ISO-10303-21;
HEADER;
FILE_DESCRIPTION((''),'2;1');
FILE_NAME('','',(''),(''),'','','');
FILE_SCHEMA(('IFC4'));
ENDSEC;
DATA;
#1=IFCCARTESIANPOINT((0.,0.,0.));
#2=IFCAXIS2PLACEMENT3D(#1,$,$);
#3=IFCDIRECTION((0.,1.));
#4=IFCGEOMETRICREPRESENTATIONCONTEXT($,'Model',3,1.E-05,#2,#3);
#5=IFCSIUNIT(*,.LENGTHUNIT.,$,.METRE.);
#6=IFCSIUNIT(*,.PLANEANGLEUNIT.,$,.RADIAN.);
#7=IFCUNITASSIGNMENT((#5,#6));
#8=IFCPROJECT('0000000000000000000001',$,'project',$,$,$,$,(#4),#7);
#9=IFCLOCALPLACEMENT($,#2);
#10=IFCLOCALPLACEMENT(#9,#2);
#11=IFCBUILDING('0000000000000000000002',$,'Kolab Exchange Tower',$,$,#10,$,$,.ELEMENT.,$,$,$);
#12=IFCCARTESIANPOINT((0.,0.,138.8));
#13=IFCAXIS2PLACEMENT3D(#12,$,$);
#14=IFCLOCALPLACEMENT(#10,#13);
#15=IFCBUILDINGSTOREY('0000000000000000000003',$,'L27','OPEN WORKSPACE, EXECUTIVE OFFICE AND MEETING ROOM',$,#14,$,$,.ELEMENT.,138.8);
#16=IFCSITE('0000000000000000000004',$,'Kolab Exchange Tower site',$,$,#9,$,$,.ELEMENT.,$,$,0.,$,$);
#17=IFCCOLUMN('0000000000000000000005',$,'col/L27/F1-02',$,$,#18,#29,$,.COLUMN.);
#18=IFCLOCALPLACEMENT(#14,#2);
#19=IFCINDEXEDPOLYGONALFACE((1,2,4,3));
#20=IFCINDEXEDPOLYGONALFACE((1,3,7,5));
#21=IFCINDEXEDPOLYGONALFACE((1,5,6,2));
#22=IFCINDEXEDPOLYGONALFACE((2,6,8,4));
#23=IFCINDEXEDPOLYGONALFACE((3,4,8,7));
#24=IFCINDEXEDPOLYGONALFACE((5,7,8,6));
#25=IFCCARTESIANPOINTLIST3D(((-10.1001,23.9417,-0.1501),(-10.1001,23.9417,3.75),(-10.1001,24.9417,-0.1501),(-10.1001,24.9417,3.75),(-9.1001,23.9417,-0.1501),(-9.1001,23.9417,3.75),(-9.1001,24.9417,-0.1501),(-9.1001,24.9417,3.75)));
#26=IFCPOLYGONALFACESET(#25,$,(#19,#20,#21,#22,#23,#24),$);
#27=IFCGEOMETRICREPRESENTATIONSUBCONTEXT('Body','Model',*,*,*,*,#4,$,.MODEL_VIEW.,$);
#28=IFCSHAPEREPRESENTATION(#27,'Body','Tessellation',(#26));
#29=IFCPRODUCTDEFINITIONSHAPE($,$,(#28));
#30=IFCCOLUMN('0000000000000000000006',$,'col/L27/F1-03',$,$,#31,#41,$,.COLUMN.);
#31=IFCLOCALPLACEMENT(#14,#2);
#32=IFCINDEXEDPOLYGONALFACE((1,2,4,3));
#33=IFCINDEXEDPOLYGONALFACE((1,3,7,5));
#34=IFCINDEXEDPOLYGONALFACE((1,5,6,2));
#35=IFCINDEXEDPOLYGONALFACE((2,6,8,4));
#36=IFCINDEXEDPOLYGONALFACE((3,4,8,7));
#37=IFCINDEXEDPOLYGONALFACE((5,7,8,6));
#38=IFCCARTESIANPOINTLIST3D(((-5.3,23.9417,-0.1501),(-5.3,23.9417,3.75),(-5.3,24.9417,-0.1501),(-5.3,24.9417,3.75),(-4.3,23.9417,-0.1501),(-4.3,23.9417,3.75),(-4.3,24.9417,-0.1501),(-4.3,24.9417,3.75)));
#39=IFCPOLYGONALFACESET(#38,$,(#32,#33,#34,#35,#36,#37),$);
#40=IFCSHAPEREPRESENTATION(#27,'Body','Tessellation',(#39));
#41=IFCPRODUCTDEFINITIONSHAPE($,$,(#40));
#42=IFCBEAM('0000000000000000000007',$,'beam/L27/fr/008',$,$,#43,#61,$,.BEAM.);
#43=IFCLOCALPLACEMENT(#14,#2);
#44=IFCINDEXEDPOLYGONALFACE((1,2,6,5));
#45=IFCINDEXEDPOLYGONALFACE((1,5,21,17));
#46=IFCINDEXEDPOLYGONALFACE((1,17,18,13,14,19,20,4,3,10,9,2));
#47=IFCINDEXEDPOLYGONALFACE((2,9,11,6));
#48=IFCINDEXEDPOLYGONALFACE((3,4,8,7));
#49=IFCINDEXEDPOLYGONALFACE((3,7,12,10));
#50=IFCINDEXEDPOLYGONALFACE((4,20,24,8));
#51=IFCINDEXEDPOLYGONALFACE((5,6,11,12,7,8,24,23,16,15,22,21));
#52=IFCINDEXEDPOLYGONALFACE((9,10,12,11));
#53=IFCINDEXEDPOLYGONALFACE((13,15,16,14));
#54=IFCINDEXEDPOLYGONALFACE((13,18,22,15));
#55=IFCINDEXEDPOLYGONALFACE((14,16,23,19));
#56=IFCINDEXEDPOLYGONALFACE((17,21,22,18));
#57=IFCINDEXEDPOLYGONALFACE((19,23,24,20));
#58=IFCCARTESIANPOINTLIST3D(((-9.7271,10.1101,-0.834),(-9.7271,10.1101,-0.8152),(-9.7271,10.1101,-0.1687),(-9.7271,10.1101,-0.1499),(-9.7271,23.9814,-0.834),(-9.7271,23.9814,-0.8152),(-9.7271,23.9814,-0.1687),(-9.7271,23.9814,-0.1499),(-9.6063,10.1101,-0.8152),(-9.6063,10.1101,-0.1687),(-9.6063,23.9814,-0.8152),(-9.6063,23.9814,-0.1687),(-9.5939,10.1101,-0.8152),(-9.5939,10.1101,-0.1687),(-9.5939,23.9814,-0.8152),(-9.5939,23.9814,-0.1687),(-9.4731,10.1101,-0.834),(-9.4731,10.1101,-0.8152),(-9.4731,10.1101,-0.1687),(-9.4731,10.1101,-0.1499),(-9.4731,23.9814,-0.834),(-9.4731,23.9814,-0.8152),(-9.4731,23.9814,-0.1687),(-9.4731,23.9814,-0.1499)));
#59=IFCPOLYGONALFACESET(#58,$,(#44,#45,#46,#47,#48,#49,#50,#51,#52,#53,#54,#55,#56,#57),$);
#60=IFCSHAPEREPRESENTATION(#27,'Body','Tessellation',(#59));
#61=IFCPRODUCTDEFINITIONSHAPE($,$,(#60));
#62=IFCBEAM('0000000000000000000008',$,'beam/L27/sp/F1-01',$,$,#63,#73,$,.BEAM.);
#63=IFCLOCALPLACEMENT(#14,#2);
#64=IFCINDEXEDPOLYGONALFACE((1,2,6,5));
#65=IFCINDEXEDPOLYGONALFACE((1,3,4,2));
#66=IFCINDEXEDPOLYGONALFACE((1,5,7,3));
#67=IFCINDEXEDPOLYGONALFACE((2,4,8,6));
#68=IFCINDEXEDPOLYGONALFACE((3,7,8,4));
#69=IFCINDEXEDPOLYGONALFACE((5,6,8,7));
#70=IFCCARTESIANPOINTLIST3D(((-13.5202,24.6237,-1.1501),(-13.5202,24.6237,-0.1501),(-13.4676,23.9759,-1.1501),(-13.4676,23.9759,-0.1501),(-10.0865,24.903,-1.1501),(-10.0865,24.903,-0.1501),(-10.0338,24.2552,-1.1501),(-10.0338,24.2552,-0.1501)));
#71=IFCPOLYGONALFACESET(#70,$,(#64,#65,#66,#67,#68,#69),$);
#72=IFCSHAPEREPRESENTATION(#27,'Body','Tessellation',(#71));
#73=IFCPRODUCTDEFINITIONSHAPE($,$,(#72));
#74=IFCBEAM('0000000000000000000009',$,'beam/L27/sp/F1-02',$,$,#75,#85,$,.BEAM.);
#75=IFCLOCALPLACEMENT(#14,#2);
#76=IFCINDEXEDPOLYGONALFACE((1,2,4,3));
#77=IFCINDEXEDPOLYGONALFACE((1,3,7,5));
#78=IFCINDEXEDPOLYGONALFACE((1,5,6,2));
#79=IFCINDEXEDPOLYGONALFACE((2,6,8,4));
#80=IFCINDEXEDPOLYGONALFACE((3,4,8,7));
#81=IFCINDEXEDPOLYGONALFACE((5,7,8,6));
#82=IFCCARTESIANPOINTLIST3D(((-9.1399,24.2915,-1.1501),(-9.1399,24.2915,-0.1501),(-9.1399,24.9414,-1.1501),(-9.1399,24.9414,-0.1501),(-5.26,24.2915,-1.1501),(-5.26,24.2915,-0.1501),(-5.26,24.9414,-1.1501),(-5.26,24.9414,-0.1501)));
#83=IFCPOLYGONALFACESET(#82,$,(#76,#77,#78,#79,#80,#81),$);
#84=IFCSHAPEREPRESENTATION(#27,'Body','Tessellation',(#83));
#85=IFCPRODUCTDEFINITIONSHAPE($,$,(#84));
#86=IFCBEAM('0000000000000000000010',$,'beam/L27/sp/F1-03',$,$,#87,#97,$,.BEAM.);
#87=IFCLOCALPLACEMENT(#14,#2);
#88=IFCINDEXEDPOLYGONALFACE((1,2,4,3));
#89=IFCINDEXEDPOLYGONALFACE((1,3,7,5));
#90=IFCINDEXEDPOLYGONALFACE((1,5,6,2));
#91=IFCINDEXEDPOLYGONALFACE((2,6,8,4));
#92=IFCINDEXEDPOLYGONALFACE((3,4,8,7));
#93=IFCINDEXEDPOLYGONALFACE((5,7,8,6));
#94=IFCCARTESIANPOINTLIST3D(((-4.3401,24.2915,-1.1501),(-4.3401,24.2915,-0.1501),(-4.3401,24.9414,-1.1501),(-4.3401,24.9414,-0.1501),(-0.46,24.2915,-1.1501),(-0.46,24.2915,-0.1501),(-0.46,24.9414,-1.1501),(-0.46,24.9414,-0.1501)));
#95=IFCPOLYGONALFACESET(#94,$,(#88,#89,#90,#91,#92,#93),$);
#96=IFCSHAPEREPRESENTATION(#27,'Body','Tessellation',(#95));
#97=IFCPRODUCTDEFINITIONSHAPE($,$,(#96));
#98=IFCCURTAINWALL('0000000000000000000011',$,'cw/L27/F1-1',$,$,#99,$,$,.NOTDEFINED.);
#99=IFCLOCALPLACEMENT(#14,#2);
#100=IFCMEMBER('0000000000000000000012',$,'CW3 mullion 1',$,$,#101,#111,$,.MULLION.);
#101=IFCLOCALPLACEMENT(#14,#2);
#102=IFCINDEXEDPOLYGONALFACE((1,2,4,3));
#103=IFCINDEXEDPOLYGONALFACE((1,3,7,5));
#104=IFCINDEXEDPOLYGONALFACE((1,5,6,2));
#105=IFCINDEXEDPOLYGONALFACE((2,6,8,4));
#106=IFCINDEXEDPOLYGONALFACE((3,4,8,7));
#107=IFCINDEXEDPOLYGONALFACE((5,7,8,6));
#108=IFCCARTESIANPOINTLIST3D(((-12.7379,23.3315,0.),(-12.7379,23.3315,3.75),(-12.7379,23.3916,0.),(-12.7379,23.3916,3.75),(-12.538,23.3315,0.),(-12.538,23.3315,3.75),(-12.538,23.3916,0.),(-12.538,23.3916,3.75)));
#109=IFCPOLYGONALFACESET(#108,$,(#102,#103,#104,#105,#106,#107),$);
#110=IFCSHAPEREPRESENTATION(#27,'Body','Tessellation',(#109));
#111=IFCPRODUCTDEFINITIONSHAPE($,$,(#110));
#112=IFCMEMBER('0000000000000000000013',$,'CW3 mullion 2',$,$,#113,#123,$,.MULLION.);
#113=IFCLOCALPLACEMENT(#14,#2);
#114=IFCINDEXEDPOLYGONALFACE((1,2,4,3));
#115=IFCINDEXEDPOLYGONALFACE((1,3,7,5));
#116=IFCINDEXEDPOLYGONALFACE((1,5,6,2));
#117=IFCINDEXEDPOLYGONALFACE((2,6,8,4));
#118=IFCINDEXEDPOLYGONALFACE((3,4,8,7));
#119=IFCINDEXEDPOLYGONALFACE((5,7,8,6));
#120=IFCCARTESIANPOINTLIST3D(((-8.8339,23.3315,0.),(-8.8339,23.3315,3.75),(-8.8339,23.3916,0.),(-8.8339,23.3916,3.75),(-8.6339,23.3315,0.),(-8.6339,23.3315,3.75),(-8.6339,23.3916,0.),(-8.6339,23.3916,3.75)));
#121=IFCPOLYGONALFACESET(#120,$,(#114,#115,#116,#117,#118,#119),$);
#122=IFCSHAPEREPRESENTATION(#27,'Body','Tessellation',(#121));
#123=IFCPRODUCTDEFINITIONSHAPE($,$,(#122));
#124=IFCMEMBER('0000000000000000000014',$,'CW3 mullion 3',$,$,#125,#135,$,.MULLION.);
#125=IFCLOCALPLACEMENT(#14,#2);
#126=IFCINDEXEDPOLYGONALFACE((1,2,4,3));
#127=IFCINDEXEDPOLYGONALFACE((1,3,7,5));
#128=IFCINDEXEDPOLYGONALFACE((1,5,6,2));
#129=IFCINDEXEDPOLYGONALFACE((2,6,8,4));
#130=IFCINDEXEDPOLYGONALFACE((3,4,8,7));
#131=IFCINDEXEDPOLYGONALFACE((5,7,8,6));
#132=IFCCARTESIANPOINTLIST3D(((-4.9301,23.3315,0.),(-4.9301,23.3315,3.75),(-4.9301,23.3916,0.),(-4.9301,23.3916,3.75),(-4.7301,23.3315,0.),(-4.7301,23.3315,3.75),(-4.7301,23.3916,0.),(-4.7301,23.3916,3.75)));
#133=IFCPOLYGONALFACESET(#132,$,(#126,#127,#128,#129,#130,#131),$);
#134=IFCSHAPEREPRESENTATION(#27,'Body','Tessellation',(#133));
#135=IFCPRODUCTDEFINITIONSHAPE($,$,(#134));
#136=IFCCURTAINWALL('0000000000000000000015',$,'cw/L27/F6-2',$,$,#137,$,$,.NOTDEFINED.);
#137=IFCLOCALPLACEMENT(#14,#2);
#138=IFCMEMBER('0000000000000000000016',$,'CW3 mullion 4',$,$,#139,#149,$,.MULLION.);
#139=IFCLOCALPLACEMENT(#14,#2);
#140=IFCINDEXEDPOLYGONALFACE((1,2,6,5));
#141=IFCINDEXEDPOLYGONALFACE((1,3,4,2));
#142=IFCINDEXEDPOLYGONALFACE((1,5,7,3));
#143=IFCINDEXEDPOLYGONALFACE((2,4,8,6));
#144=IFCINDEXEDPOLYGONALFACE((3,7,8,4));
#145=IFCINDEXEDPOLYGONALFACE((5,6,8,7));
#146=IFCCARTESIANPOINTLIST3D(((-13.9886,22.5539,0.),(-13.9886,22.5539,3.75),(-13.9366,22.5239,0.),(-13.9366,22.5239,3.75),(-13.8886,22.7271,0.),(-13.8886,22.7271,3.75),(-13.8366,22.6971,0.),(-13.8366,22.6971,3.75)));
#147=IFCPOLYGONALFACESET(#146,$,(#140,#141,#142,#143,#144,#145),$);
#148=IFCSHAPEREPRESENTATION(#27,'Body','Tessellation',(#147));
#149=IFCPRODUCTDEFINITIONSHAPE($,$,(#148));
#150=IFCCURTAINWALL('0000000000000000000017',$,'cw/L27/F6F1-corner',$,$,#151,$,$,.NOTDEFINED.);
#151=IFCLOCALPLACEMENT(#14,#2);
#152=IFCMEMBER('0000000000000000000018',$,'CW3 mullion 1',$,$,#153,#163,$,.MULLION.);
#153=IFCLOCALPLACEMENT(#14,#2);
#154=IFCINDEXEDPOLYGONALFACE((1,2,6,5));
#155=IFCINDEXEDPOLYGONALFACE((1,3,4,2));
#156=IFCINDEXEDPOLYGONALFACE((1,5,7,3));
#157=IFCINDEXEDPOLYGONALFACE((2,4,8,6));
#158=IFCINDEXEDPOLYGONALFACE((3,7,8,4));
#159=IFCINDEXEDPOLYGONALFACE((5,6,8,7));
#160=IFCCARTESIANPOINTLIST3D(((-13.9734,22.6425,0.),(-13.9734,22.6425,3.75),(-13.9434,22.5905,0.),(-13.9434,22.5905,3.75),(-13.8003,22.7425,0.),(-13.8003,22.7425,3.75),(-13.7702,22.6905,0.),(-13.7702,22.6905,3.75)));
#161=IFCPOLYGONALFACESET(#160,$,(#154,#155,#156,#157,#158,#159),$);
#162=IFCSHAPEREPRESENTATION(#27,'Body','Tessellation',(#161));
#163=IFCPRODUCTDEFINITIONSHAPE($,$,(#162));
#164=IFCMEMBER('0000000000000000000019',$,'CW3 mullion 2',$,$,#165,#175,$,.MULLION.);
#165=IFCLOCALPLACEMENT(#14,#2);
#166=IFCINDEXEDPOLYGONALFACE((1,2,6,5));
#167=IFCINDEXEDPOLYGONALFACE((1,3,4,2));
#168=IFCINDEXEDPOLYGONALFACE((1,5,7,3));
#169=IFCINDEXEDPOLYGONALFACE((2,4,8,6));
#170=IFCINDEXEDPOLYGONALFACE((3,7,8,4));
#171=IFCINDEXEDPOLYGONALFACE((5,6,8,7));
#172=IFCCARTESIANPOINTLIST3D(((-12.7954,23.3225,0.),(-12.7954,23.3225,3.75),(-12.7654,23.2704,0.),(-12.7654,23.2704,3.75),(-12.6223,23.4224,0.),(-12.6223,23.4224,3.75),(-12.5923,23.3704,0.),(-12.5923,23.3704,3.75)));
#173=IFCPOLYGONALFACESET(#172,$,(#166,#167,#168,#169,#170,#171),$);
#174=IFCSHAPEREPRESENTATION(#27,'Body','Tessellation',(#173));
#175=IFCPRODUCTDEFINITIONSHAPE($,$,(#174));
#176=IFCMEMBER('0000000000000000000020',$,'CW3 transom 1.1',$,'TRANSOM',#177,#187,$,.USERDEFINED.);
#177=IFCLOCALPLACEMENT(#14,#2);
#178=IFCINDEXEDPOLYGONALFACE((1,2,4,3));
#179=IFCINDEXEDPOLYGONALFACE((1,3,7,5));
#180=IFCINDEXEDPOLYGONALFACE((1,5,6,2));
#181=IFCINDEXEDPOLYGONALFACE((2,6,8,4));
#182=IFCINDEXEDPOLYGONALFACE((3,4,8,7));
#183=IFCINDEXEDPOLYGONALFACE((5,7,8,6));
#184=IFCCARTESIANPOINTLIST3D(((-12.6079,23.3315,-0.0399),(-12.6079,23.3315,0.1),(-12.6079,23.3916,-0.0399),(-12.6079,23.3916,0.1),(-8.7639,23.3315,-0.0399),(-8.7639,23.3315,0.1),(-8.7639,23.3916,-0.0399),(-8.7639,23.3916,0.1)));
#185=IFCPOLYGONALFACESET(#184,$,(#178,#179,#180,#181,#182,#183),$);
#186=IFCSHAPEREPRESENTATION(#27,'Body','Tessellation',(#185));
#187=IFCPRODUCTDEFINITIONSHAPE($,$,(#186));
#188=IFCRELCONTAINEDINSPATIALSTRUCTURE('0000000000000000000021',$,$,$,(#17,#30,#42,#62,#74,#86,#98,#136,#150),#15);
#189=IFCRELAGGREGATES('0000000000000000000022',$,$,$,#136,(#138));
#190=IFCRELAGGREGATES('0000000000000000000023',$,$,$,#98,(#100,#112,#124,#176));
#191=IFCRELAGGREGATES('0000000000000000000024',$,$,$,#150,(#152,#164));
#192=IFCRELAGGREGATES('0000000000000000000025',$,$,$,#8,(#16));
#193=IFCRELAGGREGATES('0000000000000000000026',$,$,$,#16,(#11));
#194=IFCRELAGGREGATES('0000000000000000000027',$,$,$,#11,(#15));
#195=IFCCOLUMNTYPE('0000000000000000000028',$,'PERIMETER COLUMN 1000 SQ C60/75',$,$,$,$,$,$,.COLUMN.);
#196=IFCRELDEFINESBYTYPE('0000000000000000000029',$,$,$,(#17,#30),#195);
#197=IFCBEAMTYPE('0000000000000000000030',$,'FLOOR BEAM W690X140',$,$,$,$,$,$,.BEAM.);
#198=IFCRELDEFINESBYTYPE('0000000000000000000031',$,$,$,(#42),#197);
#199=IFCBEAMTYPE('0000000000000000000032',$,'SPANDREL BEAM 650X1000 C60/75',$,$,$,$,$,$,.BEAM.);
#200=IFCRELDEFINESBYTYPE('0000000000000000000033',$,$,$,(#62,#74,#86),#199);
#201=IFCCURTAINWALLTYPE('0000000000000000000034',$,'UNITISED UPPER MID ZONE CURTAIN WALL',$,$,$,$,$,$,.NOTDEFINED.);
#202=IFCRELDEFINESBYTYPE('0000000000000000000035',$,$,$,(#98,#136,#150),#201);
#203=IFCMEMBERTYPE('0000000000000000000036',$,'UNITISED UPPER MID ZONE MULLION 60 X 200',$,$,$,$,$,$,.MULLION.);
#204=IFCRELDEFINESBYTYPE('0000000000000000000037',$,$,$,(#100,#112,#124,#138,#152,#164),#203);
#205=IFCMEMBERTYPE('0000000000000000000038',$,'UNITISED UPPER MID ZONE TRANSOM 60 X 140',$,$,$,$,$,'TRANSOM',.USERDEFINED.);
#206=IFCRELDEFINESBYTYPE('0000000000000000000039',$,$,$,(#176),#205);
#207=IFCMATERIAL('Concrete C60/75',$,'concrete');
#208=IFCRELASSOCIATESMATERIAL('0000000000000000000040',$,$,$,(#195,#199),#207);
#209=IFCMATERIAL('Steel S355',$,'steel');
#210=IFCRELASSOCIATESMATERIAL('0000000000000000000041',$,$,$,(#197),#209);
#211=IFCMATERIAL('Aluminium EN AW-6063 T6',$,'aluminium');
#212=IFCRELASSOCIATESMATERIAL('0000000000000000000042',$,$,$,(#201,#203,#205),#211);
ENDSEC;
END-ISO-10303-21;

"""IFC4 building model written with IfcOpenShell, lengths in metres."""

from ifc_helpers import new_model, si_unit, direction, frame, origin, origin_2d, place, context, subcontext, project, spatial, rectangle, i_section, extrude, material, material_profile, profile_set, type_object, element, aggregate, save


model = new_model("IFC4")

# Units and contexts
model_context = context("Model", 3, precision=1e-05, world=origin(), true_north=direction((0.0, 1.0)))
body_context = subcontext(model_context, "Body", "Model", "MODEL_VIEW")
ifc_project = project(units=[si_unit("LENGTHUNIT", "METRE"), si_unit("PLANEANGLEUNIT", "RADIAN")], contexts=[model_context])

# Site, building, storey
site_placement = place(None, origin())
site = spatial("IfcSite", under=ifc_project, at=site_placement, Name="Kolab Exchange Tower site", CompositionType="ELEMENT", RefElevation=0.0)
building_placement = place(site_placement, origin())
building = spatial("IfcBuilding", under=site, at=building_placement, Name="Kolab Exchange Tower", CompositionType="ELEMENT")
storey_placement = place(building_placement, frame((0.0, 0.0, 138.8)))
storey = spatial("IfcBuildingStorey", under=building, at=storey_placement, Name="L27", Description="OPEN WORKSPACE, EXECUTIVE OFFICE AND MEETING ROOM", CompositionType="ELEMENT", Elevation=138.8)

# Columns
ifc_material_1 = material(Name="Concrete C60/75", Category="concrete")
ifc_material_profile_1 = material_profile(ifc_material_1, rectangle(XDim=1.0, YDim=1.0, at=origin_2d()), Name="RC1000")
ifc_profile_set_1 = profile_set([ifc_material_profile_1], Name="Concrete C60/75")
column_type = type_object("IfcColumnType", Name="PERIMETER COLUMN 1000 SQ C60/75", PredefinedType="COLUMN", material=ifc_profile_set_1)
for number, where, z_axis, x_axis, name in (
    (1, (-9.6001, 24.4417, -0.1501), (0.0, 0.0, 1.0), (1.0, 0.0, 0.0), "col/L27/F1-02"),
    (2, (-4.8, 24.4417, -0.1501), (0.0, 0.0, 1.0), (1.0, 0.0, 0.0), "col/L27/F1-03"),
):
    element("IfcColumn", number, at=place(storey_placement, frame(where, z_axis=z_axis, x_axis=x_axis)), inside=storey, type_object=column_type, Name=name, PredefinedType="COLUMN", context=body_context, shape_type="SweptSolid", body=[
        extrude(rectangle(XDim=1.0, YDim=1.0, at=origin_2d()), origin(), (0.0, 0.0, 1.0), 3.9001),
    ])

# Beams
ifc_material_2 = material(Name="Steel S355", Category="steel")
ifc_material_profile_2 = material_profile(ifc_material_2, i_section(OverallWidth=0.2539, OverallDepth=0.6841, WebThickness=0.0125, FlangeThickness=0.0188, at=origin_2d()), Name="W690X140")
ifc_profile_set_2 = profile_set([ifc_material_profile_2], Name="Steel S355")
beam_type_1 = type_object("IfcBeamType", Name="FLOOR BEAM W690X140", PredefinedType="BEAM", material=ifc_profile_set_2)
beam_1_placement = place(storey_placement, frame((-9.6001, 10.1101, -0.4919), z_axis=(0.0, 1.0, 0.0), x_axis=(-1.0, 0.0, 0.0)))
element("IfcBeam", 3, at=beam_1_placement, inside=storey, type_object=beam_type_1, Name="beam/L27/fr/008", PredefinedType="BEAM", context=body_context, shape_type="SweptSolid", body=[
    extrude(i_section(OverallWidth=0.2539, OverallDepth=0.6841, WebThickness=0.0125, FlangeThickness=0.0188, at=origin_2d()), origin(), (0.0, 0.0, 1.0), 13.8713),
])
ifc_material_profile_3 = material_profile(ifc_material_1, rectangle(XDim=0.6499, YDim=1.0, at=origin_2d()), Name="RC650X1000")
ifc_profile_set_3 = profile_set([ifc_material_profile_3], Name="Concrete C60/75")
beam_type_2 = type_object("IfcBeamType", Name="SPANDREL BEAM 650X1000 C60/75", PredefinedType="BEAM", material=ifc_profile_set_3)
beam_2_placement = place(storey_placement, frame((-13.4939, 24.2998, -0.6501), z_axis=(0.996708, 0.081069, 0.0), x_axis=(-0.081069, 0.996708, 0.0)))
element("IfcBeam", 4, at=beam_2_placement, inside=storey, type_object=beam_type_2, Name="beam/L27/sp/F1-01", PredefinedType="BEAM", context=body_context, shape_type="SweptSolid", body=[
    extrude(rectangle(XDim=0.6499, YDim=1.0, at=origin_2d()), origin(), (0.0, 0.0, 1.0), 3.4451),
])
beam_3_placement = place(storey_placement, frame((-9.1399, 24.6165, -0.6501), z_axis=(1.0, 0.0, 0.0), x_axis=(0.0, 1.0, 0.0)))
element("IfcBeam", 5, at=beam_3_placement, inside=storey, type_object=beam_type_2, Name="beam/L27/sp/F1-02", PredefinedType="BEAM", context=body_context, shape_type="SweptSolid", body=[
    extrude(rectangle(XDim=0.6499, YDim=1.0, at=origin_2d()), origin(), (0.0, 0.0, 1.0), 3.8799),
])
beam_4_placement = place(storey_placement, frame((-4.3401, 24.6165, -0.6501), z_axis=(1.0, 0.0, 0.0), x_axis=(0.0, 1.0, 0.0)))
element("IfcBeam", 6, at=beam_4_placement, inside=storey, type_object=beam_type_2, Name="beam/L27/sp/F1-03", PredefinedType="BEAM", context=body_context, shape_type="SweptSolid", body=[
    extrude(rectangle(XDim=0.6499, YDim=1.0, at=origin_2d()), origin(), (0.0, 0.0, 1.0), 3.8801),
])

# Curtain wall, members
ifc_material_3 = material(Name="Aluminium EN AW-6063 T6", Category="aluminium")
curtain_wall_type = type_object("IfcCurtainWallType", Name="UNITISED UPPER MID ZONE CURTAIN WALL", PredefinedType="NOTDEFINED", material=ifc_material_3)
curtain_wall_1_placement = place(storey_placement, origin())
curtain_wall_1 = element("IfcCurtainWall", 7, at=curtain_wall_1_placement, inside=storey, type_object=curtain_wall_type, Name="cw/L27/F1-1", PredefinedType="NOTDEFINED")
ifc_material_profile_4 = material_profile(ifc_material_3, rectangle(XDim=0.0601, YDim=0.2, at=origin_2d()), Name="RECT 60X200")
ifc_profile_set_4 = profile_set([ifc_material_profile_4], Name="Aluminium EN AW-6063 T6")
member_type_1 = type_object("IfcMemberType", Name="UNITISED UPPER MID ZONE MULLION 60 X 200", PredefinedType="MULLION", material=ifc_profile_set_4)
member_1_placement = place(storey_placement, frame((-12.6379, 23.3616, 0.0), z_axis=(0.0, 0.0, 1.0), x_axis=(0.0, 1.0, 0.0)))
member_1 = element("IfcMember", 8, at=member_1_placement, type_object=member_type_1, Name="CW3 mullion 1", PredefinedType="MULLION", context=body_context, shape_type="SweptSolid", body=[
    extrude(rectangle(XDim=0.0601, YDim=0.2, at=origin_2d()), origin(), (0.0, 0.0, 1.0), 3.75),
])
member_2_placement = place(storey_placement, frame((-8.7339, 23.3616, 0.0), z_axis=(0.0, 0.0, 1.0), x_axis=(0.0, 1.0, 0.0)))
member_2 = element("IfcMember", 9, at=member_2_placement, type_object=member_type_1, Name="CW3 mullion 2", PredefinedType="MULLION", context=body_context, shape_type="SweptSolid", body=[
    extrude(rectangle(XDim=0.0601, YDim=0.2, at=origin_2d()), origin(), (0.0, 0.0, 1.0), 3.75),
])
member_3_placement = place(storey_placement, frame((-4.8301, 23.3616, 0.0), z_axis=(0.0, 0.0, 1.0), x_axis=(0.0, 1.0, 0.0)))
member_3 = element("IfcMember", 10, at=member_3_placement, type_object=member_type_1, Name="CW3 mullion 3", PredefinedType="MULLION", context=body_context, shape_type="SweptSolid", body=[
    extrude(rectangle(XDim=0.0601, YDim=0.2, at=origin_2d()), origin(), (0.0, 0.0, 1.0), 3.75),
])

# Curtain wall, member
curtain_wall_2_placement = place(storey_placement, origin())
curtain_wall_2 = element("IfcCurtainWall", 11, at=curtain_wall_2_placement, inside=storey, type_object=curtain_wall_type, Name="cw/L27/F6-2", PredefinedType="NOTDEFINED")
member_4_placement = place(storey_placement, frame((-13.9126, 22.6255, 0.0), z_axis=(0.0, 0.0, 1.0), x_axis=(-0.866025, 0.5, 0.0)))
member_4 = element("IfcMember", 12, at=member_4_placement, type_object=member_type_1, Name="CW3 mullion 4", PredefinedType="MULLION", context=body_context, shape_type="SweptSolid", body=[
    extrude(rectangle(XDim=0.0601, YDim=0.2, at=origin_2d()), origin(), (0.0, 0.0, 1.0), 3.75),
])
aggregate(curtain_wall_2, [member_4])

# Curtain wall, members
curtain_wall_3_placement = place(storey_placement, origin())
curtain_wall_3 = element("IfcCurtainWall", 13, at=curtain_wall_3_placement, inside=storey, type_object=curtain_wall_type, Name="cw/L27/F6F1-corner", PredefinedType="NOTDEFINED")
member_5_placement = place(storey_placement, frame((-13.8718, 22.6665, 0.0), z_axis=(0.0, 0.0, 1.0), x_axis=(-0.5, 0.866025, 0.0)))
member_5 = element("IfcMember", 14, at=member_5_placement, type_object=member_type_1, Name="CW3 mullion 1", PredefinedType="MULLION", context=body_context, shape_type="SweptSolid", body=[
    extrude(rectangle(XDim=0.0601, YDim=0.2, at=origin_2d()), origin(), (0.0, 0.0, 1.0), 3.75),
])
member_6_placement = place(storey_placement, frame((-12.6938, 23.3464, 0.0), z_axis=(0.0, 0.0, 1.0), x_axis=(-0.5, 0.866025, 0.0)))
member_6 = element("IfcMember", 15, at=member_6_placement, type_object=member_type_1, Name="CW3 mullion 2", PredefinedType="MULLION", context=body_context, shape_type="SweptSolid", body=[
    extrude(rectangle(XDim=0.0601, YDim=0.2, at=origin_2d()), origin(), (0.0, 0.0, 1.0), 3.75),
])

# Member
ifc_material_profile_5 = material_profile(ifc_material_3, rectangle(XDim=0.0601, YDim=0.1399, at=origin_2d()), Name="RECT 60X140")
ifc_profile_set_5 = profile_set([ifc_material_profile_5], Name="Aluminium EN AW-6063 T6")
member_type_2 = type_object("IfcMemberType", Name="UNITISED UPPER MID ZONE TRANSOM 60 X 140", ElementType="TRANSOM", PredefinedType="USERDEFINED", material=ifc_profile_set_5)
member_7_placement = place(storey_placement, frame((-12.6079, 23.3616, 0.03), z_axis=(1.0, 0.0, 0.0), x_axis=(0.0, 1.0, 0.0)))
member_7 = element("IfcMember", 16, at=member_7_placement, type_object=member_type_2, Name="CW3 transom 1.1", ObjectType="TRANSOM", PredefinedType="USERDEFINED", context=body_context, shape_type="SweptSolid", body=[
    extrude(rectangle(XDim=0.0601, YDim=0.1399, at=origin_2d()), origin(), (0.0, 0.0, 1.0), 3.844),
])

aggregate(curtain_wall_1, [member_1, member_2, member_3, member_7])
aggregate(curtain_wall_3, [member_5, member_6])

save(model, "model.ifc")
